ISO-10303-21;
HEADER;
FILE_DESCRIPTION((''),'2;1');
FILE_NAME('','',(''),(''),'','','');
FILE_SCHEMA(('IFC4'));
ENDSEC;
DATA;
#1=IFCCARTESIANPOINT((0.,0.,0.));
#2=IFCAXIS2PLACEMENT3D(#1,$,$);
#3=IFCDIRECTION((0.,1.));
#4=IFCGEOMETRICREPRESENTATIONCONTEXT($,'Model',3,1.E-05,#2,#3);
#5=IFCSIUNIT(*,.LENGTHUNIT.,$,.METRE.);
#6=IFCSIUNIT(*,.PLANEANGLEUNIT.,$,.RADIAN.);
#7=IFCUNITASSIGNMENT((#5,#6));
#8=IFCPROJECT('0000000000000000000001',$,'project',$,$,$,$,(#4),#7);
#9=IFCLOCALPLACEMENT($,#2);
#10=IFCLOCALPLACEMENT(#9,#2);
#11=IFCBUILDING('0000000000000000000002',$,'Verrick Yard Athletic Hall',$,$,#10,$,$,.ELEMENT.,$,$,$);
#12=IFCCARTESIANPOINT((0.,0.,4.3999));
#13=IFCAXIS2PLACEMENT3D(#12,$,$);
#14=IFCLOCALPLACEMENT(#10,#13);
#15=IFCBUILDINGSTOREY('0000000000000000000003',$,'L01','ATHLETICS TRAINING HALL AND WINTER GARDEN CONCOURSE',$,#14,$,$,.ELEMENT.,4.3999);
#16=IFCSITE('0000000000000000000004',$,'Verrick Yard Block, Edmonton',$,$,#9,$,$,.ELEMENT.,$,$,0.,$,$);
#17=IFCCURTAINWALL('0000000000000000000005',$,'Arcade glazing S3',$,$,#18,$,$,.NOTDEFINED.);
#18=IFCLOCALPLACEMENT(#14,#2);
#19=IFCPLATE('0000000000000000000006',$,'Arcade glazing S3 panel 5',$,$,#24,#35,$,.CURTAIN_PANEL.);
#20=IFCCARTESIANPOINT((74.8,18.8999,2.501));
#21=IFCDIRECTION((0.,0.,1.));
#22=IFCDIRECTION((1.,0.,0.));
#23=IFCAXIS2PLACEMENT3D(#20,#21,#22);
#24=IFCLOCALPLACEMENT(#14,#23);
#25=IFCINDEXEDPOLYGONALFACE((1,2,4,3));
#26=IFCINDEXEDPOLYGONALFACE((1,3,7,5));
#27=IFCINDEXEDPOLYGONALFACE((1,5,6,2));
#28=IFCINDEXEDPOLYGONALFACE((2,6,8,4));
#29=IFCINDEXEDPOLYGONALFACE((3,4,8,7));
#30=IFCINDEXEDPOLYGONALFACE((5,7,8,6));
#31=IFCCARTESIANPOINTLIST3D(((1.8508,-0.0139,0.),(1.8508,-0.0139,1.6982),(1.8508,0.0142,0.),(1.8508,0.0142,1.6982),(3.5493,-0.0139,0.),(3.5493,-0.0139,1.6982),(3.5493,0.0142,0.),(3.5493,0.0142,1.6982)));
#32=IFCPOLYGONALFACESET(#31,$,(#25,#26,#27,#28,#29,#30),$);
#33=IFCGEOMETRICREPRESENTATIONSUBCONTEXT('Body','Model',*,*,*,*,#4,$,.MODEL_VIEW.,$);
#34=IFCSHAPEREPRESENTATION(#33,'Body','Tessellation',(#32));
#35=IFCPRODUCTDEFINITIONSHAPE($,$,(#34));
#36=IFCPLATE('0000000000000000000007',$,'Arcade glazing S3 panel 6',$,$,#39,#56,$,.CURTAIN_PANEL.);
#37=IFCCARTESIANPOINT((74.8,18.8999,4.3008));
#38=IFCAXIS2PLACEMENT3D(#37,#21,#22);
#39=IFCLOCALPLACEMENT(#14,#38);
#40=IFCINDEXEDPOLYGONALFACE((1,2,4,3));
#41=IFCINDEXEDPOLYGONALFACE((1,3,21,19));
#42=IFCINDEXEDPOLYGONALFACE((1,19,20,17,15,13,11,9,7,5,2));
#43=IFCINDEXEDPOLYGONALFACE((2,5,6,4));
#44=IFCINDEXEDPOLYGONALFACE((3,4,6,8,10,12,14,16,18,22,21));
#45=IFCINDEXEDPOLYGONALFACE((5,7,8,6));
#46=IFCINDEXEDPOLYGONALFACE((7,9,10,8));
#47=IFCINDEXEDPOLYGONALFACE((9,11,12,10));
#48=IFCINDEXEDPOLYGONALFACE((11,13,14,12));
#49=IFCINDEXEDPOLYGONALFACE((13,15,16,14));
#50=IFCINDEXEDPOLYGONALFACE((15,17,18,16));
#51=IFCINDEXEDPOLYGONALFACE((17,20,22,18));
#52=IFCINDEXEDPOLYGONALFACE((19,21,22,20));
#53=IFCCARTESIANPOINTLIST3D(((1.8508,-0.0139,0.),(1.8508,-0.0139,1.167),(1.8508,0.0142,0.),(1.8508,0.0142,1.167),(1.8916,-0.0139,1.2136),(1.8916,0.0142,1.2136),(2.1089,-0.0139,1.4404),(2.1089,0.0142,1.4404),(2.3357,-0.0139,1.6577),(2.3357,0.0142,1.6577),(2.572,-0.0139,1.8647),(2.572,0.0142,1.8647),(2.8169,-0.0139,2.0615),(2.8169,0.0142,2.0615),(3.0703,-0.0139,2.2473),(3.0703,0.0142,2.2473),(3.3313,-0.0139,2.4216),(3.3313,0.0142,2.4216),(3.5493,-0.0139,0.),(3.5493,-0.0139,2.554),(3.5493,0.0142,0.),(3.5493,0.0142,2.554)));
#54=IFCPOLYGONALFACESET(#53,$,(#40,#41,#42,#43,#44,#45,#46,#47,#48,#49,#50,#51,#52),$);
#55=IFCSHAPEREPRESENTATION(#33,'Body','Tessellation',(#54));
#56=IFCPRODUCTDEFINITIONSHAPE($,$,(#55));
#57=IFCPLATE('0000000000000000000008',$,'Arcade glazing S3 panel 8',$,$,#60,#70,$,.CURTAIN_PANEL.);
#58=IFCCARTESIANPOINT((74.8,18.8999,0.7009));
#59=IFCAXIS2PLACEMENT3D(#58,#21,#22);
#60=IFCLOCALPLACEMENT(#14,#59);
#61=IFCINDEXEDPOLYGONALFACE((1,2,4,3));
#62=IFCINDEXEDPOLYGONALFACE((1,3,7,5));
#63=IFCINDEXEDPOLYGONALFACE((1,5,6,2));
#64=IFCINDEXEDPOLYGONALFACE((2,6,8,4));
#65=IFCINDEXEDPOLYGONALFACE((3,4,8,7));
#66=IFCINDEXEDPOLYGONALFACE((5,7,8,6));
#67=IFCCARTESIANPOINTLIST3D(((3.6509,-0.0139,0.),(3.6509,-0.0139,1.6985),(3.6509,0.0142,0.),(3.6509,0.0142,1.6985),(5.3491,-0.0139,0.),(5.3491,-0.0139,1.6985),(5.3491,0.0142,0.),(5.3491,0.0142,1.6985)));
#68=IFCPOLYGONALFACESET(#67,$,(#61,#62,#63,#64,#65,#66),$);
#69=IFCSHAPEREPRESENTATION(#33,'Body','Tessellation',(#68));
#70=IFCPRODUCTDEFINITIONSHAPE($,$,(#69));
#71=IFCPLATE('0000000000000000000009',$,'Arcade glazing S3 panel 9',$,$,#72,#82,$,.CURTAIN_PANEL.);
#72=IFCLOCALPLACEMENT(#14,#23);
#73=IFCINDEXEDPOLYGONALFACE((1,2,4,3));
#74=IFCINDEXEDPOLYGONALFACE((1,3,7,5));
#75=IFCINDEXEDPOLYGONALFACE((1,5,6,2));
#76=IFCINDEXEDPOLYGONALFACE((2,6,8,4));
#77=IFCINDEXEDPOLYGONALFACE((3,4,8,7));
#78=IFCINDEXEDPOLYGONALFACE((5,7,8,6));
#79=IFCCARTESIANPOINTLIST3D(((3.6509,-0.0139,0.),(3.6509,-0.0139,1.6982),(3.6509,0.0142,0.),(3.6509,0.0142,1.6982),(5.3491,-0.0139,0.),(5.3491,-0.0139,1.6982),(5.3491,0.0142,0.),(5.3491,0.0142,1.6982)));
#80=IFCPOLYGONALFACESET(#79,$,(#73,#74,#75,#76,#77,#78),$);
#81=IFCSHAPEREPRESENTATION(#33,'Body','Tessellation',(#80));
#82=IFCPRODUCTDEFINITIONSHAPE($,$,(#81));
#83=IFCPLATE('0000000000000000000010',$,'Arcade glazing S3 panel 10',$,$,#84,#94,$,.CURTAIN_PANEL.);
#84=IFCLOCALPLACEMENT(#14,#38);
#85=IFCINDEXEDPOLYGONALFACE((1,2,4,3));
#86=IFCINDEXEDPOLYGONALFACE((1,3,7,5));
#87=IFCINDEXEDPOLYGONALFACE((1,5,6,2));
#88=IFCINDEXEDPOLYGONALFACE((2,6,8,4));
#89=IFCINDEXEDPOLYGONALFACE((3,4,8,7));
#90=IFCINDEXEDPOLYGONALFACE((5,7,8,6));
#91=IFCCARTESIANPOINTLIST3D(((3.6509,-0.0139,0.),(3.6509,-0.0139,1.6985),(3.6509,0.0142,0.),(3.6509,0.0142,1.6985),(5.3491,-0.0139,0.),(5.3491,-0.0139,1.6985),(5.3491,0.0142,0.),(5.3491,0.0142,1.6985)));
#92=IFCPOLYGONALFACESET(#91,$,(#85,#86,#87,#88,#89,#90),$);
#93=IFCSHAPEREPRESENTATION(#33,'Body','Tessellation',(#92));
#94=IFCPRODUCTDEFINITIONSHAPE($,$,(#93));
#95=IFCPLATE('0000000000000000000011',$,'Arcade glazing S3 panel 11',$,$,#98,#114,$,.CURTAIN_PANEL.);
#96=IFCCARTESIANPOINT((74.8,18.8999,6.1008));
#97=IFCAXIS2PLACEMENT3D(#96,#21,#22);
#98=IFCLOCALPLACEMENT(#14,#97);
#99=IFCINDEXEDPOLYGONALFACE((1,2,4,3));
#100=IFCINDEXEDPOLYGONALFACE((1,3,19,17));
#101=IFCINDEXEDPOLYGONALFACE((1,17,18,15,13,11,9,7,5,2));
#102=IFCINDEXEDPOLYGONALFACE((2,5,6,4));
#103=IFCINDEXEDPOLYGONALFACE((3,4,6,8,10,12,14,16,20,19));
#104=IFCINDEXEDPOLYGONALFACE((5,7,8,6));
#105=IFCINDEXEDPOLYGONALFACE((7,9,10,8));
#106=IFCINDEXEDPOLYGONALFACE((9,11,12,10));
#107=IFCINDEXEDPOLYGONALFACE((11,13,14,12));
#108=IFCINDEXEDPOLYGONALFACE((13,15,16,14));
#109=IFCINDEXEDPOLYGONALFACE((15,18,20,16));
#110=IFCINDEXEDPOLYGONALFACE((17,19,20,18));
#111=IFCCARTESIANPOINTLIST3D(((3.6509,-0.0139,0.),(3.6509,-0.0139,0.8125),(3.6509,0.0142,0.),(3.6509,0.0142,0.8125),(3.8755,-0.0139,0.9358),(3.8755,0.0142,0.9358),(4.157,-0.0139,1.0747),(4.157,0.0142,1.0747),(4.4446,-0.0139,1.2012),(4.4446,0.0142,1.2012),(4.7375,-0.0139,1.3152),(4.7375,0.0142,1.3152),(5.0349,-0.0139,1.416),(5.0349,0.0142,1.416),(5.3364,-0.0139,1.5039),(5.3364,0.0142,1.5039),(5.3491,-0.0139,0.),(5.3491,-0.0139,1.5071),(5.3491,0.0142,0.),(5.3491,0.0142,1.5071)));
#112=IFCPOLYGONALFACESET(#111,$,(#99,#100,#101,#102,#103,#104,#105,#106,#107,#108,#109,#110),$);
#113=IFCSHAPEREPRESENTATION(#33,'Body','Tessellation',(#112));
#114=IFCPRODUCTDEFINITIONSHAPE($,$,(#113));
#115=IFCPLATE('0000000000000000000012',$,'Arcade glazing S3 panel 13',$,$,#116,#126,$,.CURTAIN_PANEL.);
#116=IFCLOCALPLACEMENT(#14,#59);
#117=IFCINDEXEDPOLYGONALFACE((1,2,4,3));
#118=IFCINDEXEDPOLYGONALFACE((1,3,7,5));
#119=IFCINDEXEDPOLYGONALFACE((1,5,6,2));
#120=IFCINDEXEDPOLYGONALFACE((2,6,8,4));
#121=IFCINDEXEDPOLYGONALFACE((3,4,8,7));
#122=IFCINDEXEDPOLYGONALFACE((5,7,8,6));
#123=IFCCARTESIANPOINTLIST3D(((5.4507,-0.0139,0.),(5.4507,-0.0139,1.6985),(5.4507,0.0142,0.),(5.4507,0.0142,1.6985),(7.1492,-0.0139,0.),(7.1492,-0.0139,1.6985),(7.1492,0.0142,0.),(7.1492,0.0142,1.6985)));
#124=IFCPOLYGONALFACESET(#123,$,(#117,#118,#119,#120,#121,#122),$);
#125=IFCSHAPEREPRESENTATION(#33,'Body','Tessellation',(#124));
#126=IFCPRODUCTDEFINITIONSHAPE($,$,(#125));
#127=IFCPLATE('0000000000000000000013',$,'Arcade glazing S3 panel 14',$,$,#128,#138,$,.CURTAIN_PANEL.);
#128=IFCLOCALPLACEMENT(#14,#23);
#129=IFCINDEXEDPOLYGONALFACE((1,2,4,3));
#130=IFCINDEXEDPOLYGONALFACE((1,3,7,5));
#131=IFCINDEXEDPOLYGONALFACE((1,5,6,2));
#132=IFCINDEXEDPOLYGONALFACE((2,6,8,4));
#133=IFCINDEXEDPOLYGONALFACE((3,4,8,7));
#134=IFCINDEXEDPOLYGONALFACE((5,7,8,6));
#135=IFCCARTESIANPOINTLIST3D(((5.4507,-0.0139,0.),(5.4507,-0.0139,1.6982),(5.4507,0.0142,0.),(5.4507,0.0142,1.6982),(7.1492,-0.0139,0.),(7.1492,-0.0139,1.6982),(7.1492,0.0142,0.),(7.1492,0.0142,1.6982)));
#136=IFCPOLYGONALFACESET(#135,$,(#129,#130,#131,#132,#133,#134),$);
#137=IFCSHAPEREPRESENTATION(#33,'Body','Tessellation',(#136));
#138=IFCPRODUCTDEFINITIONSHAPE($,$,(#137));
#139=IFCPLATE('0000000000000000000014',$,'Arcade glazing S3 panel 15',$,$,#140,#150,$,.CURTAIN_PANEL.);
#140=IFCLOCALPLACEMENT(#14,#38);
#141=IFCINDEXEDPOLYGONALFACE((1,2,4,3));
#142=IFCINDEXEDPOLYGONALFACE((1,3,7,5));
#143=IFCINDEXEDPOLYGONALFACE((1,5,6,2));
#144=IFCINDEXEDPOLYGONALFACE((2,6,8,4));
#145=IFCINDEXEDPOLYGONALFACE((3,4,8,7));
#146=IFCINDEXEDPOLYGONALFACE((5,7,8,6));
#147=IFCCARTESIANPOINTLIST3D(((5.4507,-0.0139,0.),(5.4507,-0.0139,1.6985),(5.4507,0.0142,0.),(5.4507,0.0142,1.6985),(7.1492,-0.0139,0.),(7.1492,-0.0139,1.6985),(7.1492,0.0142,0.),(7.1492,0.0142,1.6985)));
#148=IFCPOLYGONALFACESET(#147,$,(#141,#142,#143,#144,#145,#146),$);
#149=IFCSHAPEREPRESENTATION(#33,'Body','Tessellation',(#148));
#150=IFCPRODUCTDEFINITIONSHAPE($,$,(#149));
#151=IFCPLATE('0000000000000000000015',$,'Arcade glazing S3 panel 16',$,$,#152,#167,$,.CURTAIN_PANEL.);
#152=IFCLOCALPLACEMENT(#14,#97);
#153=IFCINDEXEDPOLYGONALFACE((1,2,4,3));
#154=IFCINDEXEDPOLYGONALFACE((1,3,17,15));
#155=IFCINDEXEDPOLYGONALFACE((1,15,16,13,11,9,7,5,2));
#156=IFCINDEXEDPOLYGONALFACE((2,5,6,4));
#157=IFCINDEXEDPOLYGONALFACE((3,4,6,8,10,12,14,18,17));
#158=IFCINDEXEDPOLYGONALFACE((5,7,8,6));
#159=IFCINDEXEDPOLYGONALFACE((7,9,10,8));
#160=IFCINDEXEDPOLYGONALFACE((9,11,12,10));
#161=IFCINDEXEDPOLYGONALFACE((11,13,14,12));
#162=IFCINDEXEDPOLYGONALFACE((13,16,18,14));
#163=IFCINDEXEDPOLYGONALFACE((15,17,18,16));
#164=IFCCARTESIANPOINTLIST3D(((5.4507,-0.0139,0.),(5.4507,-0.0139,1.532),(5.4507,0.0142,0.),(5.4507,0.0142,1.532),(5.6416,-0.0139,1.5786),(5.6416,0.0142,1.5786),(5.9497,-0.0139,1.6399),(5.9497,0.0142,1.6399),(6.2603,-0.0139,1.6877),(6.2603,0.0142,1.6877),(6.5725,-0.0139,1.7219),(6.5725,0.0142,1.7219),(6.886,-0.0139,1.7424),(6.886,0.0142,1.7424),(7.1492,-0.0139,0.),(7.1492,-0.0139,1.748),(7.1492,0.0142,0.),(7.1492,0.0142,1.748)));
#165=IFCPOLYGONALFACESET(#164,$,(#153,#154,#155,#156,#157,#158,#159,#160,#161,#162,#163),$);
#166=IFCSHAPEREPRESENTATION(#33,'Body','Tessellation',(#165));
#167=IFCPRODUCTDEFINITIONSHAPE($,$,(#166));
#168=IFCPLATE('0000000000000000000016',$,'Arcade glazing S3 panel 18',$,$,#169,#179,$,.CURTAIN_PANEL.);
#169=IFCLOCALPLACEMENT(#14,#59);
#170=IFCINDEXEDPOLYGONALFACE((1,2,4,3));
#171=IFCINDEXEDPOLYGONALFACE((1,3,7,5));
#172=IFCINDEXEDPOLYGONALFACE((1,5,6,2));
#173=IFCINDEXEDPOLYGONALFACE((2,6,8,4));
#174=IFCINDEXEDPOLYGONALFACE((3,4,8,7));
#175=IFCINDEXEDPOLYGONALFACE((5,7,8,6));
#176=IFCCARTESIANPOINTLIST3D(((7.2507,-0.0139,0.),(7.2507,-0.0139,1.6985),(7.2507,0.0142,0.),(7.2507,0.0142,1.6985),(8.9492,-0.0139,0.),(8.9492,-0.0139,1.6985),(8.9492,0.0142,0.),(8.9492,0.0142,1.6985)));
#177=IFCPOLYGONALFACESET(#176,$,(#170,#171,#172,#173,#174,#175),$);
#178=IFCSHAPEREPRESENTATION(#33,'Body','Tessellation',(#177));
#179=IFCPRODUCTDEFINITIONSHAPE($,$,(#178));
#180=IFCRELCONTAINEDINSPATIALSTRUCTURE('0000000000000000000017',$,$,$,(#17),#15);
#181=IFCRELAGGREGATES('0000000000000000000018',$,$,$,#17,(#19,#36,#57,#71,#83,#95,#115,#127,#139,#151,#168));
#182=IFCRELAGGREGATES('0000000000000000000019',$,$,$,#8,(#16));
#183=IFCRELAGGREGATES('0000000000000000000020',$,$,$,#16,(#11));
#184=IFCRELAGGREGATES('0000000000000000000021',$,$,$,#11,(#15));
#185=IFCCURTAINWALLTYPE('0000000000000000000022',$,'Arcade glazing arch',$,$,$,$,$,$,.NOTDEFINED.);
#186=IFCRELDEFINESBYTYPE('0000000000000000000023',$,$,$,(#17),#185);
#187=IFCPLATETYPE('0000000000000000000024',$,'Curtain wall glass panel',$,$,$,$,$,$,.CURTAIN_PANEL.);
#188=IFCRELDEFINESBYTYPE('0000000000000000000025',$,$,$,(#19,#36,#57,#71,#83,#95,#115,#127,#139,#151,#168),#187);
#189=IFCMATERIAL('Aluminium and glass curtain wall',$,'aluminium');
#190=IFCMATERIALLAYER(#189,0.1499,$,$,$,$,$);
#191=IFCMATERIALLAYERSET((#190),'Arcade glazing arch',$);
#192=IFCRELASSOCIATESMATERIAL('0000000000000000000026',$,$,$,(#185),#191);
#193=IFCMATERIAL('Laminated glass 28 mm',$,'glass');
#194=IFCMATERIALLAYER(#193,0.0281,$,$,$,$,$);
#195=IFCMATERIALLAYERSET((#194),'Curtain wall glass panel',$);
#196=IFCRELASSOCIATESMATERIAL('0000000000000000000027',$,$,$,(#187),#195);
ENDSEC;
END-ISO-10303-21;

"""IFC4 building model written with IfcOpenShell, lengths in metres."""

from ifc_helpers import new_model, si_unit, direction, frame, origin, place, context, subcontext, project, spatial, polyline, outline, extrude, material, layer, layer_set, type_object, element, aggregate, save


model = new_model("IFC4")

# Units and contexts
model_context = context("Model", 3, precision=1e-05, world=origin(), true_north=direction((0.0, 1.0)))
body_context = subcontext(model_context, "Body", "Model", "MODEL_VIEW")
ifc_project = project(units=[si_unit("LENGTHUNIT", "METRE"), si_unit("PLANEANGLEUNIT", "RADIAN")], contexts=[model_context])

# Site, building, storey
site_placement = place(None, origin())
site = spatial("IfcSite", under=ifc_project, at=site_placement, Name="Verrick Yard Block, Edmonton", CompositionType="ELEMENT", RefElevation=0.0)
building_placement = place(site_placement, origin())
building = spatial("IfcBuilding", under=site, at=building_placement, Name="Verrick Yard Athletic Hall", CompositionType="ELEMENT")
storey_placement = place(building_placement, frame((0.0, 0.0, 4.3999)))
storey = spatial("IfcBuildingStorey", under=building, at=storey_placement, Name="L01", Description="ATHLETICS TRAINING HALL AND WINTER GARDEN CONCOURSE", CompositionType="ELEMENT", Elevation=4.3999)

# Curtain wall, plates
ifc_material_1 = material(Name="Aluminium and glass curtain wall", Category="aluminium")
ifc_layer_1 = layer(ifc_material_1, 0.1499)
ifc_layer_set_1 = layer_set([ifc_layer_1], Name="Arcade glazing arch")
curtain_wall_type = type_object("IfcCurtainWallType", Name="Arcade glazing arch", PredefinedType="NOTDEFINED", material=ifc_layer_set_1)
curtain_wall_placement = place(storey_placement, origin())
curtain_wall = element("IfcCurtainWall", 1, at=curtain_wall_placement, inside=storey, type_object=curtain_wall_type, Name="Arcade glazing S3", PredefinedType="NOTDEFINED")
ifc_material_2 = material(Name="Laminated glass 28 mm", Category="glass")
ifc_layer_2 = layer(ifc_material_2, 0.0281)
ifc_layer_set_2 = layer_set([ifc_layer_2], Name="Curtain wall glass panel")
plate_type = type_object("IfcPlateType", Name="Curtain wall glass panel", PredefinedType="CURTAIN_PANEL", material=ifc_layer_set_2)
plate_1_placement = place(storey_placement, frame((74.8, 18.8999, 2.501), z_axis=(0.0, 0.0, 1.0), x_axis=(1.0, 0.0, 0.0)))
plate_1 = element("IfcPlate", 2, at=plate_1_placement, type_object=plate_type, Name="Arcade glazing S3 panel 5", PredefinedType="CURTAIN_PANEL", context=body_context, shape_type="SweptSolid", body=[
    extrude(outline(polyline([(3.5493, 0.0), (3.5493, 1.6982), (1.8508, 1.6982), (1.8508, 0.0), (3.5493, 0.0)])), frame((0.0, 0.0142, 0.0), z_axis=(0.0, -1.0, 0.0), x_axis=(1.0, 0.0, 0.0)), (0.0, 0.0, 1.0), 0.0281),
])
plate_2_placement = place(storey_placement, frame((74.8, 18.8999, 4.3008), z_axis=(0.0, 0.0, 1.0), x_axis=(1.0, 0.0, 0.0)))
plate_2 = element("IfcPlate", 3, at=plate_2_placement, type_object=plate_type, Name="Arcade glazing S3 panel 6", PredefinedType="CURTAIN_PANEL", context=body_context, shape_type="SweptSolid", body=[
    extrude(outline(polyline([(3.5493, 2.554), (3.3313, 2.4216), (3.0703, 2.2473), (2.8169, 2.0615), (2.572, 1.8647), (2.3357, 1.6577), (2.1089, 1.4404), (1.8916, 1.2136), (1.8508, 1.167), (1.8508, 0.0), (3.5493, 0.0), (3.5493, 2.554)])), frame((0.0, 0.0142, 0.0), z_axis=(0.0, -1.0, 0.0), x_axis=(1.0, 0.0, 0.0)), (0.0, 0.0, 1.0), 0.0281),
])
plate_3_placement = place(storey_placement, frame((74.8, 18.8999, 0.7009), z_axis=(0.0, 0.0, 1.0), x_axis=(1.0, 0.0, 0.0)))
plate_3 = element("IfcPlate", 4, at=plate_3_placement, type_object=plate_type, Name="Arcade glazing S3 panel 8", PredefinedType="CURTAIN_PANEL", context=body_context, shape_type="SweptSolid", body=[
    extrude(outline(polyline([(5.3491, 0.0), (5.3491, 1.6985), (3.6509, 1.6985), (3.6509, 0.0), (5.3491, 0.0)])), frame((0.0, 0.0142, 0.0), z_axis=(0.0, -1.0, 0.0), x_axis=(1.0, 0.0, 0.0)), (0.0, 0.0, 1.0), 0.0281),
])
plate_4_placement = place(storey_placement, frame((74.8, 18.8999, 2.501), z_axis=(0.0, 0.0, 1.0), x_axis=(1.0, 0.0, 0.0)))
plate_4 = element("IfcPlate", 5, at=plate_4_placement, type_object=plate_type, Name="Arcade glazing S3 panel 9", PredefinedType="CURTAIN_PANEL", context=body_context, shape_type="SweptSolid", body=[
    extrude(outline(polyline([(5.3491, 0.0), (5.3491, 1.6982), (3.6509, 1.6982), (3.6509, 0.0), (5.3491, 0.0)])), frame((0.0, 0.0142, 0.0), z_axis=(0.0, -1.0, 0.0), x_axis=(1.0, 0.0, 0.0)), (0.0, 0.0, 1.0), 0.0281),
])
plate_5_placement = place(storey_placement, frame((74.8, 18.8999, 4.3008), z_axis=(0.0, 0.0, 1.0), x_axis=(1.0, 0.0, 0.0)))
plate_5 = element("IfcPlate", 6, at=plate_5_placement, type_object=plate_type, Name="Arcade glazing S3 panel 10", PredefinedType="CURTAIN_PANEL", context=body_context, shape_type="SweptSolid", body=[
    extrude(outline(polyline([(5.3491, 0.0), (5.3491, 1.6985), (3.6509, 1.6985), (3.6509, 0.0), (5.3491, 0.0)])), frame((0.0, 0.0142, 0.0), z_axis=(0.0, -1.0, 0.0), x_axis=(1.0, 0.0, 0.0)), (0.0, 0.0, 1.0), 0.0281),
])
plate_6_placement = place(storey_placement, frame((74.8, 18.8999, 6.1008), z_axis=(0.0, 0.0, 1.0), x_axis=(1.0, 0.0, 0.0)))
plate_6 = element("IfcPlate", 7, at=plate_6_placement, type_object=plate_type, Name="Arcade glazing S3 panel 11", PredefinedType="CURTAIN_PANEL", context=body_context, shape_type="SweptSolid", body=[
    extrude(outline(polyline([(5.3491, 1.5071), (5.3364, 1.5039), (5.0349, 1.416), (4.7375, 1.3152), (4.4446, 1.2012), (4.157, 1.0747), (3.8755, 0.9358), (3.6509, 0.8125), (3.6509, 0.0), (5.3491, 0.0), (5.3491, 1.5071)])), frame((0.0, 0.0142, 0.0), z_axis=(0.0, -1.0, 0.0), x_axis=(1.0, 0.0, 0.0)), (0.0, 0.0, 1.0), 0.0281),
])
plate_7_placement = place(storey_placement, frame((74.8, 18.8999, 0.7009), z_axis=(0.0, 0.0, 1.0), x_axis=(1.0, 0.0, 0.0)))
plate_7 = element("IfcPlate", 8, at=plate_7_placement, type_object=plate_type, Name="Arcade glazing S3 panel 13", PredefinedType="CURTAIN_PANEL", context=body_context, shape_type="SweptSolid", body=[
    extrude(outline(polyline([(7.1492, 0.0), (7.1492, 1.6985), (5.4507, 1.6985), (5.4507, 0.0), (7.1492, 0.0)])), frame((0.0, 0.0142, 0.0), z_axis=(0.0, -1.0, 0.0), x_axis=(1.0, 0.0, 0.0)), (0.0, 0.0, 1.0), 0.0281),
])
plate_8_placement = place(storey_placement, frame((74.8, 18.8999, 2.501), z_axis=(0.0, 0.0, 1.0), x_axis=(1.0, 0.0, 0.0)))
plate_8 = element("IfcPlate", 9, at=plate_8_placement, type_object=plate_type, Name="Arcade glazing S3 panel 14", PredefinedType="CURTAIN_PANEL", context=body_context, shape_type="SweptSolid", body=[
    extrude(outline(polyline([(7.1492, 0.0), (7.1492, 1.6982), (5.4507, 1.6982), (5.4507, 0.0), (7.1492, 0.0)])), frame((0.0, 0.0142, 0.0), z_axis=(0.0, -1.0, 0.0), x_axis=(1.0, 0.0, 0.0)), (0.0, 0.0, 1.0), 0.0281),
])
plate_9_placement = place(storey_placement, frame((74.8, 18.8999, 4.3008), z_axis=(0.0, 0.0, 1.0), x_axis=(1.0, 0.0, 0.0)))
plate_9 = element("IfcPlate", 10, at=plate_9_placement, type_object=plate_type, Name="Arcade glazing S3 panel 15", PredefinedType="CURTAIN_PANEL", context=body_context, shape_type="SweptSolid", body=[
    extrude(outline(polyline([(7.1492, 0.0), (7.1492, 1.6985), (5.4507, 1.6985), (5.4507, 0.0), (7.1492, 0.0)])), frame((0.0, 0.0142, 0.0), z_axis=(0.0, -1.0, 0.0), x_axis=(1.0, 0.0, 0.0)), (0.0, 0.0, 1.0), 0.0281),
])
plate_10_placement = place(storey_placement, frame((74.8, 18.8999, 6.1008), z_axis=(0.0, 0.0, 1.0), x_axis=(1.0, 0.0, 0.0)))
plate_10 = element("IfcPlate", 11, at=plate_10_placement, type_object=plate_type, Name="Arcade glazing S3 panel 16", PredefinedType="CURTAIN_PANEL", context=body_context, shape_type="SweptSolid", body=[
    extrude(outline(polyline([(7.1492, 1.748), (6.886, 1.7424), (6.5725, 1.7219), (6.2603, 1.6877), (5.9497, 1.6399), (5.6416, 1.5786), (5.4507, 1.532), (5.4507, 0.0), (7.1492, 0.0), (7.1492, 1.748)])), frame((0.0, 0.0142, 0.0), z_axis=(0.0, -1.0, 0.0), x_axis=(1.0, 0.0, 0.0)), (0.0, 0.0, 1.0), 0.0281),
])
plate_11_placement = place(storey_placement, frame((74.8, 18.8999, 0.7009), z_axis=(0.0, 0.0, 1.0), x_axis=(1.0, 0.0, 0.0)))
plate_11 = element("IfcPlate", 12, at=plate_11_placement, type_object=plate_type, Name="Arcade glazing S3 panel 18", PredefinedType="CURTAIN_PANEL", context=body_context, shape_type="SweptSolid", body=[
    extrude(outline(polyline([(8.9492, 0.0), (8.9492, 1.6985), (7.2507, 1.6985), (7.2507, 0.0), (8.9492, 0.0)])), frame((0.0, 0.0142, 0.0), z_axis=(0.0, -1.0, 0.0), x_axis=(1.0, 0.0, 0.0)), (0.0, 0.0, 1.0), 0.0281),
])
aggregate(curtain_wall, [plate_1, plate_2, plate_3, plate_4, plate_5, plate_6, plate_7, plate_8, plate_9, plate_10, plate_11])

save(model, "model.ifc")
